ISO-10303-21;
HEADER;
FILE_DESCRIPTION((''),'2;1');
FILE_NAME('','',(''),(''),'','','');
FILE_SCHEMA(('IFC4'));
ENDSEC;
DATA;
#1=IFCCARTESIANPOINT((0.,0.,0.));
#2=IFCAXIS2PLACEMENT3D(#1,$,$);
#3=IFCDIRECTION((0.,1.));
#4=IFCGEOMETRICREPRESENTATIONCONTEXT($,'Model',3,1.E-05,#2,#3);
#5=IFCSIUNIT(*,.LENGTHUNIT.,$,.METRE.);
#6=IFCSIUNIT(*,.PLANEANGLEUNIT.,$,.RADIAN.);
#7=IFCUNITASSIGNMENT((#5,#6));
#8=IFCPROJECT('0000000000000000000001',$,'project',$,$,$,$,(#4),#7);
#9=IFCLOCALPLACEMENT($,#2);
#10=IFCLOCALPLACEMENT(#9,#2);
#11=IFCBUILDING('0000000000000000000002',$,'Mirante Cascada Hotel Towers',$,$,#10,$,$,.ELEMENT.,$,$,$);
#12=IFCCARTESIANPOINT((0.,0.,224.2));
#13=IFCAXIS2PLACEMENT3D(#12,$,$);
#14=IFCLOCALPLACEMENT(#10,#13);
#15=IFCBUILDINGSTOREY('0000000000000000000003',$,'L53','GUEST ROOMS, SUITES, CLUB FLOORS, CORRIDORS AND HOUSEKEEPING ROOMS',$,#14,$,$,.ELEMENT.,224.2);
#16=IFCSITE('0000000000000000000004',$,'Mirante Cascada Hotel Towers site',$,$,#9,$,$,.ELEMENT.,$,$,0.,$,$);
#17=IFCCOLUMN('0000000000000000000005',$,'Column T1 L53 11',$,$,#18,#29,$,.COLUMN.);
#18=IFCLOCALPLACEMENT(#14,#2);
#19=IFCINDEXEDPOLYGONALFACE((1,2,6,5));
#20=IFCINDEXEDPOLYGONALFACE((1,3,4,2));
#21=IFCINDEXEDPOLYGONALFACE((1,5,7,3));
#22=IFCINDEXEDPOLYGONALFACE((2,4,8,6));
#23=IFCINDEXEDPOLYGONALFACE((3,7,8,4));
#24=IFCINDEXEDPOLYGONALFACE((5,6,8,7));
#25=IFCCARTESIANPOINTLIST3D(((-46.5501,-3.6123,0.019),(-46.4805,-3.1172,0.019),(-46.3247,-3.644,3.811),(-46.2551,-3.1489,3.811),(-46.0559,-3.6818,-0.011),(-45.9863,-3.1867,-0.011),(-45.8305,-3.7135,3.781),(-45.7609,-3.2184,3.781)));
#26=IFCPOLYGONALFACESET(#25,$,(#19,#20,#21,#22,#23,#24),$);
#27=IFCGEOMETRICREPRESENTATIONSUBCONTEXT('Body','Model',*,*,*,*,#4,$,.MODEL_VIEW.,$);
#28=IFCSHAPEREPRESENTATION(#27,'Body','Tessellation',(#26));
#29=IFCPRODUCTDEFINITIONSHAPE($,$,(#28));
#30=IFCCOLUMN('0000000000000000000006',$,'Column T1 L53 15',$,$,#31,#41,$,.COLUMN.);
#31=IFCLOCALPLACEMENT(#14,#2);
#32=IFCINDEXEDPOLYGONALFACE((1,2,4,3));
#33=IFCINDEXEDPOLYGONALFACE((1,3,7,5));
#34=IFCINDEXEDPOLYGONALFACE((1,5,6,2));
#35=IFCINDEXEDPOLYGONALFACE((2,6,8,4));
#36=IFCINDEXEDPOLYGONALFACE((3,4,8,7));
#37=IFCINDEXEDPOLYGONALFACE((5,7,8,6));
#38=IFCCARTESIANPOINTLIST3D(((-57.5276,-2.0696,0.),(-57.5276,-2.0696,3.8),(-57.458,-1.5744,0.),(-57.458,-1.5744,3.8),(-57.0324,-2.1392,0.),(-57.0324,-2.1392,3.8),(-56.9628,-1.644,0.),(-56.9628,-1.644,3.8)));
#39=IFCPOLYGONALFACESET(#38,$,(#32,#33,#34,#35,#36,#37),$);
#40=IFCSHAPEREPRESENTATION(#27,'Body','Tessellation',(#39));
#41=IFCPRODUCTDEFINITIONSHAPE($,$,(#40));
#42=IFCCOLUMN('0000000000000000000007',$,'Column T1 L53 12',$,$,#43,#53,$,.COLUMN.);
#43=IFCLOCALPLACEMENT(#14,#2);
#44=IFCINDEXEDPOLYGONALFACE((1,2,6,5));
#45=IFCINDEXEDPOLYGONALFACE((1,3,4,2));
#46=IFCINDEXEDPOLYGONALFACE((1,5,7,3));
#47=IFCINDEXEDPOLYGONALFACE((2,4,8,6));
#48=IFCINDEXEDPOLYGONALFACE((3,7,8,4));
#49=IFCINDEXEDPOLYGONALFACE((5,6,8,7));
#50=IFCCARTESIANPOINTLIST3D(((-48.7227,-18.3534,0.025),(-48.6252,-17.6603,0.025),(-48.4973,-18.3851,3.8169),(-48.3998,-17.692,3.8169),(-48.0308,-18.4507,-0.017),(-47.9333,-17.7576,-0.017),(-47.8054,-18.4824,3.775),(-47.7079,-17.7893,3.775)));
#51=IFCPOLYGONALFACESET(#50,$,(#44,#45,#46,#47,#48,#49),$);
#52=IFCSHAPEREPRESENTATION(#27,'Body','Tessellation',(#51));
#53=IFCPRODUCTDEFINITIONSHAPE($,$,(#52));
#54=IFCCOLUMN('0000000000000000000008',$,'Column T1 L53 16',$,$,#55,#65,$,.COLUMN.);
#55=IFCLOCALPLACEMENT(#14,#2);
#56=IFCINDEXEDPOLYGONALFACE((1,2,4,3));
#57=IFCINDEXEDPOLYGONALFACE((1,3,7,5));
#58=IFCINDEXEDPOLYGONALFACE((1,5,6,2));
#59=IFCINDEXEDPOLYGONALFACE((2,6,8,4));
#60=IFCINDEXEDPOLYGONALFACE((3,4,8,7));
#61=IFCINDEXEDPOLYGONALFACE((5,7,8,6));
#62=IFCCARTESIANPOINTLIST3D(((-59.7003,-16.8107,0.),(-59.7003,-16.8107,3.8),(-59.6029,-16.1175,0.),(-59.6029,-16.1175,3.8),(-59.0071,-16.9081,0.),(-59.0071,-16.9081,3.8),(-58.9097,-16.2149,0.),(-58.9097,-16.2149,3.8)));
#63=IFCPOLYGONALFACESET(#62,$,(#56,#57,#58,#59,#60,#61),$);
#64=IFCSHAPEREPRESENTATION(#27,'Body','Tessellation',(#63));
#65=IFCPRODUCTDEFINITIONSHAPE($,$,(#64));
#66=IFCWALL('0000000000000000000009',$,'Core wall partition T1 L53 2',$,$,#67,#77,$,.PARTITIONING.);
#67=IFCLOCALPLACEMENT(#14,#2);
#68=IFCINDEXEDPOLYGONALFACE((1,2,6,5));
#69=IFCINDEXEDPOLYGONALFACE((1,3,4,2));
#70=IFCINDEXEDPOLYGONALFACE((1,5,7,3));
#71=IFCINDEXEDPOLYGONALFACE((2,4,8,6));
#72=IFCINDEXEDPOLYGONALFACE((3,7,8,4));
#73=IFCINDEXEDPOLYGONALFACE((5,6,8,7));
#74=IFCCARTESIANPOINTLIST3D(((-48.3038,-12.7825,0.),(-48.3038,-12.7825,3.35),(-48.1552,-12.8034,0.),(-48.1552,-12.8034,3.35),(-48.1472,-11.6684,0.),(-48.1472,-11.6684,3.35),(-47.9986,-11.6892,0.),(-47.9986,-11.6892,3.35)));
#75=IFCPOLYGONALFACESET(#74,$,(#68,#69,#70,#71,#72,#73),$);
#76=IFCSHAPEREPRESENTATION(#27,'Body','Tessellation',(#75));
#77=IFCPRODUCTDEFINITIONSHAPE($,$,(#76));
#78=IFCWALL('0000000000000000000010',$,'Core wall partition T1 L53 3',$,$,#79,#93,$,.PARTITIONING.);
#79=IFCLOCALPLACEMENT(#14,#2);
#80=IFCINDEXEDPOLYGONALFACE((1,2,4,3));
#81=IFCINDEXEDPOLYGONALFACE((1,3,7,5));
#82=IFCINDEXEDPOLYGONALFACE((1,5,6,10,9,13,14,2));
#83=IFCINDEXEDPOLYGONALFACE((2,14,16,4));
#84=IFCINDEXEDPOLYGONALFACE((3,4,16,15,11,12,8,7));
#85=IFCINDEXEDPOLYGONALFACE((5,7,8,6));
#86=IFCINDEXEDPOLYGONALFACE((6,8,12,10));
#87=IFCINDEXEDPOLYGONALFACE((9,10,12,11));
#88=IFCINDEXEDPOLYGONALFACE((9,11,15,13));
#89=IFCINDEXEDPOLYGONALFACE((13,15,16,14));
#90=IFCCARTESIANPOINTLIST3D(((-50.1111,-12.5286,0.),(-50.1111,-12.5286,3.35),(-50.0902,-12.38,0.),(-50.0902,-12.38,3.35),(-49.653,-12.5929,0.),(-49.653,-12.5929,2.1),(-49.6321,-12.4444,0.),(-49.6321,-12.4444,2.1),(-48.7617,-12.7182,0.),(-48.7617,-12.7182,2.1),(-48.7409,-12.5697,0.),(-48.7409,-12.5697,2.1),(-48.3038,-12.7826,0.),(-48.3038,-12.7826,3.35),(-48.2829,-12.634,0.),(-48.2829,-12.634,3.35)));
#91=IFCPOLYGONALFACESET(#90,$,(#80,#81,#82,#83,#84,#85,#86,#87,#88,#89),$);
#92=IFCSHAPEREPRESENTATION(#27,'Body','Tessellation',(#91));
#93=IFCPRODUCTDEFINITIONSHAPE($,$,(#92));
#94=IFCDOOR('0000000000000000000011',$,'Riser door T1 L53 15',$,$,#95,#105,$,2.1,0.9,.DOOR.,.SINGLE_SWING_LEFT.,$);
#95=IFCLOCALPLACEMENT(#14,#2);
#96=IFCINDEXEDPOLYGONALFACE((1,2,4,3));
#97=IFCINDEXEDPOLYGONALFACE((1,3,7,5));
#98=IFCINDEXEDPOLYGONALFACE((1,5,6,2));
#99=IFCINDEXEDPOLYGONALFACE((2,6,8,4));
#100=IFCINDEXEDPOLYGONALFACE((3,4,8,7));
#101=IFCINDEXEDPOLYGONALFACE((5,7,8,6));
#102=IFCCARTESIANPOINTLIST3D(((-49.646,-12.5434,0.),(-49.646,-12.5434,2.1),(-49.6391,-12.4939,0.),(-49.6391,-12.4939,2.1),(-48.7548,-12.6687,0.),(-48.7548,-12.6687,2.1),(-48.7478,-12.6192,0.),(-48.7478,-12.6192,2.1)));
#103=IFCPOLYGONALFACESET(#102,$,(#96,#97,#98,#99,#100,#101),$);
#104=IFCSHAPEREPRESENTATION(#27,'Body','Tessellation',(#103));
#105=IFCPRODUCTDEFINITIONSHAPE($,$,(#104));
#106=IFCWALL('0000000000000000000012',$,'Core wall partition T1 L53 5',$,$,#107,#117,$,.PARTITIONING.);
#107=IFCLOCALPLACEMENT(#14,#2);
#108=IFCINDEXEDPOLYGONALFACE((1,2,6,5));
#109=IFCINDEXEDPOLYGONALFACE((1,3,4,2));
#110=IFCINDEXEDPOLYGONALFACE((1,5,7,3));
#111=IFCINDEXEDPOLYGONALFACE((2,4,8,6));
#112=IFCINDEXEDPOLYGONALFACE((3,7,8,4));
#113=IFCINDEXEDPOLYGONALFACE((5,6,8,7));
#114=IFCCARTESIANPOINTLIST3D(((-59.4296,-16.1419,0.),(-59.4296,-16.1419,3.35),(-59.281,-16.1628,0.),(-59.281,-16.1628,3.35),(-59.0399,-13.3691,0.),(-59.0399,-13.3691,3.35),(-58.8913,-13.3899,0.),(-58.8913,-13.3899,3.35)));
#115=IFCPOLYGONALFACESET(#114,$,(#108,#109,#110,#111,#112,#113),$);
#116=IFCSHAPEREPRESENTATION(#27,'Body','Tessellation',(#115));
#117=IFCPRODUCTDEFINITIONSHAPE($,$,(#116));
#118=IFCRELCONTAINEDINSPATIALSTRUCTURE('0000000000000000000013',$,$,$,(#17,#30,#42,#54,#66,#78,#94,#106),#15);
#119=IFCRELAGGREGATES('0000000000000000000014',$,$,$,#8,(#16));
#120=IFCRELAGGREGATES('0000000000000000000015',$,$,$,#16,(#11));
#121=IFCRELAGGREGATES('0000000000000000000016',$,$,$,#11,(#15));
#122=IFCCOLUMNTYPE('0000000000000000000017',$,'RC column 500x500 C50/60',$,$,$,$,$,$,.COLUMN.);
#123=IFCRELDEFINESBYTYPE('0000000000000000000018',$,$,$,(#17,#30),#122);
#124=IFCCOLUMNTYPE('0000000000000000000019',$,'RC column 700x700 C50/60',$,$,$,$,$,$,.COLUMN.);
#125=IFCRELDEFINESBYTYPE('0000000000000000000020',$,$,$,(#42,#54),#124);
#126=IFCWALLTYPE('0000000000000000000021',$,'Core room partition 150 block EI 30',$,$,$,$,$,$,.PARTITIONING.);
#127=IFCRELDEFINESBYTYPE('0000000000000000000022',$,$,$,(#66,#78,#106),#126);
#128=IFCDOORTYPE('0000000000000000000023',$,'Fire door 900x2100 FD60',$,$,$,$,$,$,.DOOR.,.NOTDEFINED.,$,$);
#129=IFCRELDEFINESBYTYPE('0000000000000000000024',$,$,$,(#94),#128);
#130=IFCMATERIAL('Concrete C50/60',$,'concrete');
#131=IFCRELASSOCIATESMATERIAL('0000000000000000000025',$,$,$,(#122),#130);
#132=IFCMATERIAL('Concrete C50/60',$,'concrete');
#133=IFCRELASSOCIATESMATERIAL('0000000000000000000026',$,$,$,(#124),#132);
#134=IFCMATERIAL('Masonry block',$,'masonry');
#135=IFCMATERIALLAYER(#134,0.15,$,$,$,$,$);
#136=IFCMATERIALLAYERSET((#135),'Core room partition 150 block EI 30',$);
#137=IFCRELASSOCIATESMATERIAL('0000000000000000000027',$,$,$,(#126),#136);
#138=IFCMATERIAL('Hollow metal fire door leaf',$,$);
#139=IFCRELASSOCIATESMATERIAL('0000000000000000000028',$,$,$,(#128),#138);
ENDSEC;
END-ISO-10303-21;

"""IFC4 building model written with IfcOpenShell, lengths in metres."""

from ifc_helpers import new_model, si_unit, direction, frame, frame_2d, origin, origin_2d, place, context, subcontext, project, spatial, rectangle, extrude, material, layer, layer_set, material_profile, profile_set, type_object, element, fill, save


model = new_model("IFC4")

# Units and contexts
model_context = context("Model", 3, precision=1e-05, world=origin(), true_north=direction((0.0, 1.0)))
body_context = subcontext(model_context, "Body", "Model", "MODEL_VIEW")
ifc_project = project(units=[si_unit("LENGTHUNIT", "METRE"), si_unit("PLANEANGLEUNIT", "RADIAN")], contexts=[model_context])

# Site, building, storey
site_placement = place(None, origin())
site = spatial("IfcSite", under=ifc_project, at=site_placement, Name="Mirante Cascada Hotel Towers site", CompositionType="ELEMENT", RefElevation=0.0)
building_placement = place(site_placement, origin())
building = spatial("IfcBuilding", under=site, at=building_placement, Name="Mirante Cascada Hotel Towers", CompositionType="ELEMENT")
storey_placement = place(building_placement, frame((0.0, 0.0, 224.2)))
storey = spatial("IfcBuildingStorey", under=building, at=storey_placement, Name="L53", Description="GUEST ROOMS, SUITES, CLUB FLOORS, CORRIDORS AND HOUSEKEEPING ROOMS", CompositionType="ELEMENT", Elevation=224.2)

# Columns
ifc_material_1 = material(Name="Concrete C50/60", Category="concrete")
ifc_material_profile_1 = material_profile(ifc_material_1, rectangle(XDim=0.5, YDim=0.5, at=origin_2d()), Name="RC column 500x500 C50/60")
ifc_profile_set_1 = profile_set([ifc_material_profile_1], Name="Concrete C50/60")
column_type_1 = type_object("IfcColumnType", Name="RC column 500x500 C50/60", PredefinedType="COLUMN", material=ifc_profile_set_1)
column_1_placement = place(storey_placement, frame((-46.2682, -3.3995, 0.004), z_axis=(0.059334, -0.008345, 0.998203), x_axis=(0.139268, 0.990255, 0.0)))
element("IfcColumn", 1, at=column_1_placement, inside=storey, type_object=column_type_1, Name="Column T1 L53 11", PredefinedType="COLUMN", context=body_context, shape_type="SweptSolid", body=[
    extrude(rectangle(XDim=0.5, YDim=0.5, at=origin_2d()), origin(), (0.0, 0.0, 1.0), 3.7988),
])
column_2_placement = place(storey_placement, frame((-57.2452, -1.8568, 0.0), z_axis=(0.0, 0.0, 1.0), x_axis=(-0.990268, 0.139173, 0.0)))
element("IfcColumn", 2, at=column_2_placement, inside=storey, type_object=column_type_1, Name="Column T1 L53 15", PredefinedType="COLUMN", context=body_context, shape_type="SweptSolid", body=[
    extrude(rectangle(XDim=0.5, YDim=0.5, at=origin_2d()), origin(), (0.0, 0.0, 1.0), 3.8),
])
ifc_material_2 = material(Name="Concrete C50/60", Category="concrete")
ifc_material_profile_2 = material_profile(ifc_material_2, rectangle(XDim=0.7, YDim=0.7, at=origin_2d()), Name="RC column 700x700 C50/60")
ifc_profile_set_2 = profile_set([ifc_material_profile_2], Name="Concrete C50/60")
column_type_2 = type_object("IfcColumnType", Name="RC column 700x700 C50/60", PredefinedType="COLUMN", material=ifc_profile_set_2)
column_3_placement = place(storey_placement, frame((-48.328, -18.0555, 0.004), z_axis=(0.059334, -0.008345, 0.998203), x_axis=(0.139268, 0.990255, 0.0)))
element("IfcColumn", 3, at=column_3_placement, inside=storey, type_object=column_type_2, Name="Column T1 L53 12", PredefinedType="COLUMN", context=body_context, shape_type="SweptSolid", body=[
    extrude(rectangle(XDim=0.7, YDim=0.7, at=origin_2d()), origin(), (0.0, 0.0, 1.0), 3.7988),
])
column_4_placement = place(storey_placement, frame((-59.305, -16.5128, 0.0), z_axis=(0.0, 0.0, 1.0), x_axis=(-0.990268, 0.139173, 0.0)))
element("IfcColumn", 4, at=column_4_placement, inside=storey, type_object=column_type_2, Name="Column T1 L53 16", PredefinedType="COLUMN", context=body_context, shape_type="SweptSolid", body=[
    extrude(rectangle(XDim=0.7, YDim=0.7, at=origin_2d()), origin(), (0.0, 0.0, 1.0), 3.8),
])

# Wall
ifc_material_3 = material(Name="Masonry block", Category="masonry")
ifc_layer_1 = layer(ifc_material_3, 0.15)
ifc_layer_set_1 = layer_set([ifc_layer_1], Name="Core room partition 150 block EI 30")
wall_type_1 = type_object("IfcWallType", Name="Core room partition 150 block EI 30", PredefinedType="PARTITIONING", material=ifc_layer_set_1)
wall_1_placement = place(storey_placement, frame((-48.2295, -12.793, 0.0), z_axis=(0.0, 0.0, 1.0), x_axis=(0.139193, 0.990265, 0.0)))
element("IfcWall", 5, at=wall_1_placement, inside=storey, type_object=wall_type_1, Name="Core wall partition T1 L53 2", PredefinedType="PARTITIONING", context=body_context, shape_type="SweptSolid", body=[
    extrude(rectangle(XDim=1.1251, YDim=0.15, at=frame_2d((0.5626, 0.0))), origin(), (0.0, 0.0, 1.0), 3.35),
])

# Wall, opening, door
wall_2_placement = place(storey_placement, frame((-48.2933, -12.7083, 0.0), z_axis=(0.0, 0.0, 1.0), x_axis=(-0.990268, 0.139173, 0.0)))
wall_2 = element("IfcWall", 6, at=wall_2_placement, inside=storey, type_object=wall_type_1, Name="Core wall partition T1 L53 3", PredefinedType="PARTITIONING", context=body_context, shape_type="SweptSolid", body=[
    extrude(rectangle(XDim=1.8251, YDim=0.15, at=frame_2d((0.9126, 0.0))), origin(), (0.0, 0.0, 1.0), 3.35),
])
opening_1_placement = place(wall_2_placement, frame((0.4625, 0.0, 0.0)))
opening_1 = element("IfcOpeningElement", 7, at=opening_1_placement, cuts=wall_2, PredefinedType="OPENING", context=body_context, shape_type="SweptSolid", body=[
    extrude(rectangle(XDim=0.9, YDim=2.1, at=frame_2d((0.45, 1.05))), frame((0.0, 0.075, 0.0), z_axis=(0.0, -1.0, 0.0), x_axis=(1.0, 0.0, 0.0)), (0.0, 0.0, 1.0), 0.15),
])
ifc_material_4 = material(Name="Hollow metal fire door leaf")
door_type_1 = type_object("IfcDoorType", Name="Fire door 900x2100 FD60", OperationType="NOTDEFINED", PredefinedType="DOOR", material=ifc_material_4)
door_1_placement = place(opening_1_placement, origin())
door_1 = element("IfcDoor", 8, at=door_1_placement, inside=storey, type_object=door_type_1, Name="Riser door T1 L53 15", OperationType="SINGLE_SWING_LEFT", OverallHeight=2.1, OverallWidth=0.9, PredefinedType="DOOR", context=body_context, shape_type="SweptSolid", body=[
    extrude(rectangle(XDim=0.9, YDim=2.1, at=frame_2d((0.45, 1.05))), frame((0.0, 0.025, 0.0), z_axis=(0.0, -1.0, 0.0), x_axis=(1.0, 0.0, 0.0)), (0.0, 0.0, 1.0), 0.05),
])
fill(opening_1, door_1)

# Wall
wall_3_placement = place(storey_placement, frame((-59.3553, -16.1523, 0.0), z_axis=(0.0, 0.0, 1.0), x_axis=(0.139176, 0.990268, 0.0)))
element("IfcWall", 9, at=wall_3_placement, inside=storey, type_object=wall_type_1, Name="Core wall partition T1 L53 5", PredefinedType="PARTITIONING", context=body_context, shape_type="SweptSolid", body=[
    extrude(rectangle(XDim=2.8001, YDim=0.15, at=frame_2d((1.4, 0.0))), origin(), (0.0, 0.0, 1.0), 3.35),
])

save(model, "model.ifc")
